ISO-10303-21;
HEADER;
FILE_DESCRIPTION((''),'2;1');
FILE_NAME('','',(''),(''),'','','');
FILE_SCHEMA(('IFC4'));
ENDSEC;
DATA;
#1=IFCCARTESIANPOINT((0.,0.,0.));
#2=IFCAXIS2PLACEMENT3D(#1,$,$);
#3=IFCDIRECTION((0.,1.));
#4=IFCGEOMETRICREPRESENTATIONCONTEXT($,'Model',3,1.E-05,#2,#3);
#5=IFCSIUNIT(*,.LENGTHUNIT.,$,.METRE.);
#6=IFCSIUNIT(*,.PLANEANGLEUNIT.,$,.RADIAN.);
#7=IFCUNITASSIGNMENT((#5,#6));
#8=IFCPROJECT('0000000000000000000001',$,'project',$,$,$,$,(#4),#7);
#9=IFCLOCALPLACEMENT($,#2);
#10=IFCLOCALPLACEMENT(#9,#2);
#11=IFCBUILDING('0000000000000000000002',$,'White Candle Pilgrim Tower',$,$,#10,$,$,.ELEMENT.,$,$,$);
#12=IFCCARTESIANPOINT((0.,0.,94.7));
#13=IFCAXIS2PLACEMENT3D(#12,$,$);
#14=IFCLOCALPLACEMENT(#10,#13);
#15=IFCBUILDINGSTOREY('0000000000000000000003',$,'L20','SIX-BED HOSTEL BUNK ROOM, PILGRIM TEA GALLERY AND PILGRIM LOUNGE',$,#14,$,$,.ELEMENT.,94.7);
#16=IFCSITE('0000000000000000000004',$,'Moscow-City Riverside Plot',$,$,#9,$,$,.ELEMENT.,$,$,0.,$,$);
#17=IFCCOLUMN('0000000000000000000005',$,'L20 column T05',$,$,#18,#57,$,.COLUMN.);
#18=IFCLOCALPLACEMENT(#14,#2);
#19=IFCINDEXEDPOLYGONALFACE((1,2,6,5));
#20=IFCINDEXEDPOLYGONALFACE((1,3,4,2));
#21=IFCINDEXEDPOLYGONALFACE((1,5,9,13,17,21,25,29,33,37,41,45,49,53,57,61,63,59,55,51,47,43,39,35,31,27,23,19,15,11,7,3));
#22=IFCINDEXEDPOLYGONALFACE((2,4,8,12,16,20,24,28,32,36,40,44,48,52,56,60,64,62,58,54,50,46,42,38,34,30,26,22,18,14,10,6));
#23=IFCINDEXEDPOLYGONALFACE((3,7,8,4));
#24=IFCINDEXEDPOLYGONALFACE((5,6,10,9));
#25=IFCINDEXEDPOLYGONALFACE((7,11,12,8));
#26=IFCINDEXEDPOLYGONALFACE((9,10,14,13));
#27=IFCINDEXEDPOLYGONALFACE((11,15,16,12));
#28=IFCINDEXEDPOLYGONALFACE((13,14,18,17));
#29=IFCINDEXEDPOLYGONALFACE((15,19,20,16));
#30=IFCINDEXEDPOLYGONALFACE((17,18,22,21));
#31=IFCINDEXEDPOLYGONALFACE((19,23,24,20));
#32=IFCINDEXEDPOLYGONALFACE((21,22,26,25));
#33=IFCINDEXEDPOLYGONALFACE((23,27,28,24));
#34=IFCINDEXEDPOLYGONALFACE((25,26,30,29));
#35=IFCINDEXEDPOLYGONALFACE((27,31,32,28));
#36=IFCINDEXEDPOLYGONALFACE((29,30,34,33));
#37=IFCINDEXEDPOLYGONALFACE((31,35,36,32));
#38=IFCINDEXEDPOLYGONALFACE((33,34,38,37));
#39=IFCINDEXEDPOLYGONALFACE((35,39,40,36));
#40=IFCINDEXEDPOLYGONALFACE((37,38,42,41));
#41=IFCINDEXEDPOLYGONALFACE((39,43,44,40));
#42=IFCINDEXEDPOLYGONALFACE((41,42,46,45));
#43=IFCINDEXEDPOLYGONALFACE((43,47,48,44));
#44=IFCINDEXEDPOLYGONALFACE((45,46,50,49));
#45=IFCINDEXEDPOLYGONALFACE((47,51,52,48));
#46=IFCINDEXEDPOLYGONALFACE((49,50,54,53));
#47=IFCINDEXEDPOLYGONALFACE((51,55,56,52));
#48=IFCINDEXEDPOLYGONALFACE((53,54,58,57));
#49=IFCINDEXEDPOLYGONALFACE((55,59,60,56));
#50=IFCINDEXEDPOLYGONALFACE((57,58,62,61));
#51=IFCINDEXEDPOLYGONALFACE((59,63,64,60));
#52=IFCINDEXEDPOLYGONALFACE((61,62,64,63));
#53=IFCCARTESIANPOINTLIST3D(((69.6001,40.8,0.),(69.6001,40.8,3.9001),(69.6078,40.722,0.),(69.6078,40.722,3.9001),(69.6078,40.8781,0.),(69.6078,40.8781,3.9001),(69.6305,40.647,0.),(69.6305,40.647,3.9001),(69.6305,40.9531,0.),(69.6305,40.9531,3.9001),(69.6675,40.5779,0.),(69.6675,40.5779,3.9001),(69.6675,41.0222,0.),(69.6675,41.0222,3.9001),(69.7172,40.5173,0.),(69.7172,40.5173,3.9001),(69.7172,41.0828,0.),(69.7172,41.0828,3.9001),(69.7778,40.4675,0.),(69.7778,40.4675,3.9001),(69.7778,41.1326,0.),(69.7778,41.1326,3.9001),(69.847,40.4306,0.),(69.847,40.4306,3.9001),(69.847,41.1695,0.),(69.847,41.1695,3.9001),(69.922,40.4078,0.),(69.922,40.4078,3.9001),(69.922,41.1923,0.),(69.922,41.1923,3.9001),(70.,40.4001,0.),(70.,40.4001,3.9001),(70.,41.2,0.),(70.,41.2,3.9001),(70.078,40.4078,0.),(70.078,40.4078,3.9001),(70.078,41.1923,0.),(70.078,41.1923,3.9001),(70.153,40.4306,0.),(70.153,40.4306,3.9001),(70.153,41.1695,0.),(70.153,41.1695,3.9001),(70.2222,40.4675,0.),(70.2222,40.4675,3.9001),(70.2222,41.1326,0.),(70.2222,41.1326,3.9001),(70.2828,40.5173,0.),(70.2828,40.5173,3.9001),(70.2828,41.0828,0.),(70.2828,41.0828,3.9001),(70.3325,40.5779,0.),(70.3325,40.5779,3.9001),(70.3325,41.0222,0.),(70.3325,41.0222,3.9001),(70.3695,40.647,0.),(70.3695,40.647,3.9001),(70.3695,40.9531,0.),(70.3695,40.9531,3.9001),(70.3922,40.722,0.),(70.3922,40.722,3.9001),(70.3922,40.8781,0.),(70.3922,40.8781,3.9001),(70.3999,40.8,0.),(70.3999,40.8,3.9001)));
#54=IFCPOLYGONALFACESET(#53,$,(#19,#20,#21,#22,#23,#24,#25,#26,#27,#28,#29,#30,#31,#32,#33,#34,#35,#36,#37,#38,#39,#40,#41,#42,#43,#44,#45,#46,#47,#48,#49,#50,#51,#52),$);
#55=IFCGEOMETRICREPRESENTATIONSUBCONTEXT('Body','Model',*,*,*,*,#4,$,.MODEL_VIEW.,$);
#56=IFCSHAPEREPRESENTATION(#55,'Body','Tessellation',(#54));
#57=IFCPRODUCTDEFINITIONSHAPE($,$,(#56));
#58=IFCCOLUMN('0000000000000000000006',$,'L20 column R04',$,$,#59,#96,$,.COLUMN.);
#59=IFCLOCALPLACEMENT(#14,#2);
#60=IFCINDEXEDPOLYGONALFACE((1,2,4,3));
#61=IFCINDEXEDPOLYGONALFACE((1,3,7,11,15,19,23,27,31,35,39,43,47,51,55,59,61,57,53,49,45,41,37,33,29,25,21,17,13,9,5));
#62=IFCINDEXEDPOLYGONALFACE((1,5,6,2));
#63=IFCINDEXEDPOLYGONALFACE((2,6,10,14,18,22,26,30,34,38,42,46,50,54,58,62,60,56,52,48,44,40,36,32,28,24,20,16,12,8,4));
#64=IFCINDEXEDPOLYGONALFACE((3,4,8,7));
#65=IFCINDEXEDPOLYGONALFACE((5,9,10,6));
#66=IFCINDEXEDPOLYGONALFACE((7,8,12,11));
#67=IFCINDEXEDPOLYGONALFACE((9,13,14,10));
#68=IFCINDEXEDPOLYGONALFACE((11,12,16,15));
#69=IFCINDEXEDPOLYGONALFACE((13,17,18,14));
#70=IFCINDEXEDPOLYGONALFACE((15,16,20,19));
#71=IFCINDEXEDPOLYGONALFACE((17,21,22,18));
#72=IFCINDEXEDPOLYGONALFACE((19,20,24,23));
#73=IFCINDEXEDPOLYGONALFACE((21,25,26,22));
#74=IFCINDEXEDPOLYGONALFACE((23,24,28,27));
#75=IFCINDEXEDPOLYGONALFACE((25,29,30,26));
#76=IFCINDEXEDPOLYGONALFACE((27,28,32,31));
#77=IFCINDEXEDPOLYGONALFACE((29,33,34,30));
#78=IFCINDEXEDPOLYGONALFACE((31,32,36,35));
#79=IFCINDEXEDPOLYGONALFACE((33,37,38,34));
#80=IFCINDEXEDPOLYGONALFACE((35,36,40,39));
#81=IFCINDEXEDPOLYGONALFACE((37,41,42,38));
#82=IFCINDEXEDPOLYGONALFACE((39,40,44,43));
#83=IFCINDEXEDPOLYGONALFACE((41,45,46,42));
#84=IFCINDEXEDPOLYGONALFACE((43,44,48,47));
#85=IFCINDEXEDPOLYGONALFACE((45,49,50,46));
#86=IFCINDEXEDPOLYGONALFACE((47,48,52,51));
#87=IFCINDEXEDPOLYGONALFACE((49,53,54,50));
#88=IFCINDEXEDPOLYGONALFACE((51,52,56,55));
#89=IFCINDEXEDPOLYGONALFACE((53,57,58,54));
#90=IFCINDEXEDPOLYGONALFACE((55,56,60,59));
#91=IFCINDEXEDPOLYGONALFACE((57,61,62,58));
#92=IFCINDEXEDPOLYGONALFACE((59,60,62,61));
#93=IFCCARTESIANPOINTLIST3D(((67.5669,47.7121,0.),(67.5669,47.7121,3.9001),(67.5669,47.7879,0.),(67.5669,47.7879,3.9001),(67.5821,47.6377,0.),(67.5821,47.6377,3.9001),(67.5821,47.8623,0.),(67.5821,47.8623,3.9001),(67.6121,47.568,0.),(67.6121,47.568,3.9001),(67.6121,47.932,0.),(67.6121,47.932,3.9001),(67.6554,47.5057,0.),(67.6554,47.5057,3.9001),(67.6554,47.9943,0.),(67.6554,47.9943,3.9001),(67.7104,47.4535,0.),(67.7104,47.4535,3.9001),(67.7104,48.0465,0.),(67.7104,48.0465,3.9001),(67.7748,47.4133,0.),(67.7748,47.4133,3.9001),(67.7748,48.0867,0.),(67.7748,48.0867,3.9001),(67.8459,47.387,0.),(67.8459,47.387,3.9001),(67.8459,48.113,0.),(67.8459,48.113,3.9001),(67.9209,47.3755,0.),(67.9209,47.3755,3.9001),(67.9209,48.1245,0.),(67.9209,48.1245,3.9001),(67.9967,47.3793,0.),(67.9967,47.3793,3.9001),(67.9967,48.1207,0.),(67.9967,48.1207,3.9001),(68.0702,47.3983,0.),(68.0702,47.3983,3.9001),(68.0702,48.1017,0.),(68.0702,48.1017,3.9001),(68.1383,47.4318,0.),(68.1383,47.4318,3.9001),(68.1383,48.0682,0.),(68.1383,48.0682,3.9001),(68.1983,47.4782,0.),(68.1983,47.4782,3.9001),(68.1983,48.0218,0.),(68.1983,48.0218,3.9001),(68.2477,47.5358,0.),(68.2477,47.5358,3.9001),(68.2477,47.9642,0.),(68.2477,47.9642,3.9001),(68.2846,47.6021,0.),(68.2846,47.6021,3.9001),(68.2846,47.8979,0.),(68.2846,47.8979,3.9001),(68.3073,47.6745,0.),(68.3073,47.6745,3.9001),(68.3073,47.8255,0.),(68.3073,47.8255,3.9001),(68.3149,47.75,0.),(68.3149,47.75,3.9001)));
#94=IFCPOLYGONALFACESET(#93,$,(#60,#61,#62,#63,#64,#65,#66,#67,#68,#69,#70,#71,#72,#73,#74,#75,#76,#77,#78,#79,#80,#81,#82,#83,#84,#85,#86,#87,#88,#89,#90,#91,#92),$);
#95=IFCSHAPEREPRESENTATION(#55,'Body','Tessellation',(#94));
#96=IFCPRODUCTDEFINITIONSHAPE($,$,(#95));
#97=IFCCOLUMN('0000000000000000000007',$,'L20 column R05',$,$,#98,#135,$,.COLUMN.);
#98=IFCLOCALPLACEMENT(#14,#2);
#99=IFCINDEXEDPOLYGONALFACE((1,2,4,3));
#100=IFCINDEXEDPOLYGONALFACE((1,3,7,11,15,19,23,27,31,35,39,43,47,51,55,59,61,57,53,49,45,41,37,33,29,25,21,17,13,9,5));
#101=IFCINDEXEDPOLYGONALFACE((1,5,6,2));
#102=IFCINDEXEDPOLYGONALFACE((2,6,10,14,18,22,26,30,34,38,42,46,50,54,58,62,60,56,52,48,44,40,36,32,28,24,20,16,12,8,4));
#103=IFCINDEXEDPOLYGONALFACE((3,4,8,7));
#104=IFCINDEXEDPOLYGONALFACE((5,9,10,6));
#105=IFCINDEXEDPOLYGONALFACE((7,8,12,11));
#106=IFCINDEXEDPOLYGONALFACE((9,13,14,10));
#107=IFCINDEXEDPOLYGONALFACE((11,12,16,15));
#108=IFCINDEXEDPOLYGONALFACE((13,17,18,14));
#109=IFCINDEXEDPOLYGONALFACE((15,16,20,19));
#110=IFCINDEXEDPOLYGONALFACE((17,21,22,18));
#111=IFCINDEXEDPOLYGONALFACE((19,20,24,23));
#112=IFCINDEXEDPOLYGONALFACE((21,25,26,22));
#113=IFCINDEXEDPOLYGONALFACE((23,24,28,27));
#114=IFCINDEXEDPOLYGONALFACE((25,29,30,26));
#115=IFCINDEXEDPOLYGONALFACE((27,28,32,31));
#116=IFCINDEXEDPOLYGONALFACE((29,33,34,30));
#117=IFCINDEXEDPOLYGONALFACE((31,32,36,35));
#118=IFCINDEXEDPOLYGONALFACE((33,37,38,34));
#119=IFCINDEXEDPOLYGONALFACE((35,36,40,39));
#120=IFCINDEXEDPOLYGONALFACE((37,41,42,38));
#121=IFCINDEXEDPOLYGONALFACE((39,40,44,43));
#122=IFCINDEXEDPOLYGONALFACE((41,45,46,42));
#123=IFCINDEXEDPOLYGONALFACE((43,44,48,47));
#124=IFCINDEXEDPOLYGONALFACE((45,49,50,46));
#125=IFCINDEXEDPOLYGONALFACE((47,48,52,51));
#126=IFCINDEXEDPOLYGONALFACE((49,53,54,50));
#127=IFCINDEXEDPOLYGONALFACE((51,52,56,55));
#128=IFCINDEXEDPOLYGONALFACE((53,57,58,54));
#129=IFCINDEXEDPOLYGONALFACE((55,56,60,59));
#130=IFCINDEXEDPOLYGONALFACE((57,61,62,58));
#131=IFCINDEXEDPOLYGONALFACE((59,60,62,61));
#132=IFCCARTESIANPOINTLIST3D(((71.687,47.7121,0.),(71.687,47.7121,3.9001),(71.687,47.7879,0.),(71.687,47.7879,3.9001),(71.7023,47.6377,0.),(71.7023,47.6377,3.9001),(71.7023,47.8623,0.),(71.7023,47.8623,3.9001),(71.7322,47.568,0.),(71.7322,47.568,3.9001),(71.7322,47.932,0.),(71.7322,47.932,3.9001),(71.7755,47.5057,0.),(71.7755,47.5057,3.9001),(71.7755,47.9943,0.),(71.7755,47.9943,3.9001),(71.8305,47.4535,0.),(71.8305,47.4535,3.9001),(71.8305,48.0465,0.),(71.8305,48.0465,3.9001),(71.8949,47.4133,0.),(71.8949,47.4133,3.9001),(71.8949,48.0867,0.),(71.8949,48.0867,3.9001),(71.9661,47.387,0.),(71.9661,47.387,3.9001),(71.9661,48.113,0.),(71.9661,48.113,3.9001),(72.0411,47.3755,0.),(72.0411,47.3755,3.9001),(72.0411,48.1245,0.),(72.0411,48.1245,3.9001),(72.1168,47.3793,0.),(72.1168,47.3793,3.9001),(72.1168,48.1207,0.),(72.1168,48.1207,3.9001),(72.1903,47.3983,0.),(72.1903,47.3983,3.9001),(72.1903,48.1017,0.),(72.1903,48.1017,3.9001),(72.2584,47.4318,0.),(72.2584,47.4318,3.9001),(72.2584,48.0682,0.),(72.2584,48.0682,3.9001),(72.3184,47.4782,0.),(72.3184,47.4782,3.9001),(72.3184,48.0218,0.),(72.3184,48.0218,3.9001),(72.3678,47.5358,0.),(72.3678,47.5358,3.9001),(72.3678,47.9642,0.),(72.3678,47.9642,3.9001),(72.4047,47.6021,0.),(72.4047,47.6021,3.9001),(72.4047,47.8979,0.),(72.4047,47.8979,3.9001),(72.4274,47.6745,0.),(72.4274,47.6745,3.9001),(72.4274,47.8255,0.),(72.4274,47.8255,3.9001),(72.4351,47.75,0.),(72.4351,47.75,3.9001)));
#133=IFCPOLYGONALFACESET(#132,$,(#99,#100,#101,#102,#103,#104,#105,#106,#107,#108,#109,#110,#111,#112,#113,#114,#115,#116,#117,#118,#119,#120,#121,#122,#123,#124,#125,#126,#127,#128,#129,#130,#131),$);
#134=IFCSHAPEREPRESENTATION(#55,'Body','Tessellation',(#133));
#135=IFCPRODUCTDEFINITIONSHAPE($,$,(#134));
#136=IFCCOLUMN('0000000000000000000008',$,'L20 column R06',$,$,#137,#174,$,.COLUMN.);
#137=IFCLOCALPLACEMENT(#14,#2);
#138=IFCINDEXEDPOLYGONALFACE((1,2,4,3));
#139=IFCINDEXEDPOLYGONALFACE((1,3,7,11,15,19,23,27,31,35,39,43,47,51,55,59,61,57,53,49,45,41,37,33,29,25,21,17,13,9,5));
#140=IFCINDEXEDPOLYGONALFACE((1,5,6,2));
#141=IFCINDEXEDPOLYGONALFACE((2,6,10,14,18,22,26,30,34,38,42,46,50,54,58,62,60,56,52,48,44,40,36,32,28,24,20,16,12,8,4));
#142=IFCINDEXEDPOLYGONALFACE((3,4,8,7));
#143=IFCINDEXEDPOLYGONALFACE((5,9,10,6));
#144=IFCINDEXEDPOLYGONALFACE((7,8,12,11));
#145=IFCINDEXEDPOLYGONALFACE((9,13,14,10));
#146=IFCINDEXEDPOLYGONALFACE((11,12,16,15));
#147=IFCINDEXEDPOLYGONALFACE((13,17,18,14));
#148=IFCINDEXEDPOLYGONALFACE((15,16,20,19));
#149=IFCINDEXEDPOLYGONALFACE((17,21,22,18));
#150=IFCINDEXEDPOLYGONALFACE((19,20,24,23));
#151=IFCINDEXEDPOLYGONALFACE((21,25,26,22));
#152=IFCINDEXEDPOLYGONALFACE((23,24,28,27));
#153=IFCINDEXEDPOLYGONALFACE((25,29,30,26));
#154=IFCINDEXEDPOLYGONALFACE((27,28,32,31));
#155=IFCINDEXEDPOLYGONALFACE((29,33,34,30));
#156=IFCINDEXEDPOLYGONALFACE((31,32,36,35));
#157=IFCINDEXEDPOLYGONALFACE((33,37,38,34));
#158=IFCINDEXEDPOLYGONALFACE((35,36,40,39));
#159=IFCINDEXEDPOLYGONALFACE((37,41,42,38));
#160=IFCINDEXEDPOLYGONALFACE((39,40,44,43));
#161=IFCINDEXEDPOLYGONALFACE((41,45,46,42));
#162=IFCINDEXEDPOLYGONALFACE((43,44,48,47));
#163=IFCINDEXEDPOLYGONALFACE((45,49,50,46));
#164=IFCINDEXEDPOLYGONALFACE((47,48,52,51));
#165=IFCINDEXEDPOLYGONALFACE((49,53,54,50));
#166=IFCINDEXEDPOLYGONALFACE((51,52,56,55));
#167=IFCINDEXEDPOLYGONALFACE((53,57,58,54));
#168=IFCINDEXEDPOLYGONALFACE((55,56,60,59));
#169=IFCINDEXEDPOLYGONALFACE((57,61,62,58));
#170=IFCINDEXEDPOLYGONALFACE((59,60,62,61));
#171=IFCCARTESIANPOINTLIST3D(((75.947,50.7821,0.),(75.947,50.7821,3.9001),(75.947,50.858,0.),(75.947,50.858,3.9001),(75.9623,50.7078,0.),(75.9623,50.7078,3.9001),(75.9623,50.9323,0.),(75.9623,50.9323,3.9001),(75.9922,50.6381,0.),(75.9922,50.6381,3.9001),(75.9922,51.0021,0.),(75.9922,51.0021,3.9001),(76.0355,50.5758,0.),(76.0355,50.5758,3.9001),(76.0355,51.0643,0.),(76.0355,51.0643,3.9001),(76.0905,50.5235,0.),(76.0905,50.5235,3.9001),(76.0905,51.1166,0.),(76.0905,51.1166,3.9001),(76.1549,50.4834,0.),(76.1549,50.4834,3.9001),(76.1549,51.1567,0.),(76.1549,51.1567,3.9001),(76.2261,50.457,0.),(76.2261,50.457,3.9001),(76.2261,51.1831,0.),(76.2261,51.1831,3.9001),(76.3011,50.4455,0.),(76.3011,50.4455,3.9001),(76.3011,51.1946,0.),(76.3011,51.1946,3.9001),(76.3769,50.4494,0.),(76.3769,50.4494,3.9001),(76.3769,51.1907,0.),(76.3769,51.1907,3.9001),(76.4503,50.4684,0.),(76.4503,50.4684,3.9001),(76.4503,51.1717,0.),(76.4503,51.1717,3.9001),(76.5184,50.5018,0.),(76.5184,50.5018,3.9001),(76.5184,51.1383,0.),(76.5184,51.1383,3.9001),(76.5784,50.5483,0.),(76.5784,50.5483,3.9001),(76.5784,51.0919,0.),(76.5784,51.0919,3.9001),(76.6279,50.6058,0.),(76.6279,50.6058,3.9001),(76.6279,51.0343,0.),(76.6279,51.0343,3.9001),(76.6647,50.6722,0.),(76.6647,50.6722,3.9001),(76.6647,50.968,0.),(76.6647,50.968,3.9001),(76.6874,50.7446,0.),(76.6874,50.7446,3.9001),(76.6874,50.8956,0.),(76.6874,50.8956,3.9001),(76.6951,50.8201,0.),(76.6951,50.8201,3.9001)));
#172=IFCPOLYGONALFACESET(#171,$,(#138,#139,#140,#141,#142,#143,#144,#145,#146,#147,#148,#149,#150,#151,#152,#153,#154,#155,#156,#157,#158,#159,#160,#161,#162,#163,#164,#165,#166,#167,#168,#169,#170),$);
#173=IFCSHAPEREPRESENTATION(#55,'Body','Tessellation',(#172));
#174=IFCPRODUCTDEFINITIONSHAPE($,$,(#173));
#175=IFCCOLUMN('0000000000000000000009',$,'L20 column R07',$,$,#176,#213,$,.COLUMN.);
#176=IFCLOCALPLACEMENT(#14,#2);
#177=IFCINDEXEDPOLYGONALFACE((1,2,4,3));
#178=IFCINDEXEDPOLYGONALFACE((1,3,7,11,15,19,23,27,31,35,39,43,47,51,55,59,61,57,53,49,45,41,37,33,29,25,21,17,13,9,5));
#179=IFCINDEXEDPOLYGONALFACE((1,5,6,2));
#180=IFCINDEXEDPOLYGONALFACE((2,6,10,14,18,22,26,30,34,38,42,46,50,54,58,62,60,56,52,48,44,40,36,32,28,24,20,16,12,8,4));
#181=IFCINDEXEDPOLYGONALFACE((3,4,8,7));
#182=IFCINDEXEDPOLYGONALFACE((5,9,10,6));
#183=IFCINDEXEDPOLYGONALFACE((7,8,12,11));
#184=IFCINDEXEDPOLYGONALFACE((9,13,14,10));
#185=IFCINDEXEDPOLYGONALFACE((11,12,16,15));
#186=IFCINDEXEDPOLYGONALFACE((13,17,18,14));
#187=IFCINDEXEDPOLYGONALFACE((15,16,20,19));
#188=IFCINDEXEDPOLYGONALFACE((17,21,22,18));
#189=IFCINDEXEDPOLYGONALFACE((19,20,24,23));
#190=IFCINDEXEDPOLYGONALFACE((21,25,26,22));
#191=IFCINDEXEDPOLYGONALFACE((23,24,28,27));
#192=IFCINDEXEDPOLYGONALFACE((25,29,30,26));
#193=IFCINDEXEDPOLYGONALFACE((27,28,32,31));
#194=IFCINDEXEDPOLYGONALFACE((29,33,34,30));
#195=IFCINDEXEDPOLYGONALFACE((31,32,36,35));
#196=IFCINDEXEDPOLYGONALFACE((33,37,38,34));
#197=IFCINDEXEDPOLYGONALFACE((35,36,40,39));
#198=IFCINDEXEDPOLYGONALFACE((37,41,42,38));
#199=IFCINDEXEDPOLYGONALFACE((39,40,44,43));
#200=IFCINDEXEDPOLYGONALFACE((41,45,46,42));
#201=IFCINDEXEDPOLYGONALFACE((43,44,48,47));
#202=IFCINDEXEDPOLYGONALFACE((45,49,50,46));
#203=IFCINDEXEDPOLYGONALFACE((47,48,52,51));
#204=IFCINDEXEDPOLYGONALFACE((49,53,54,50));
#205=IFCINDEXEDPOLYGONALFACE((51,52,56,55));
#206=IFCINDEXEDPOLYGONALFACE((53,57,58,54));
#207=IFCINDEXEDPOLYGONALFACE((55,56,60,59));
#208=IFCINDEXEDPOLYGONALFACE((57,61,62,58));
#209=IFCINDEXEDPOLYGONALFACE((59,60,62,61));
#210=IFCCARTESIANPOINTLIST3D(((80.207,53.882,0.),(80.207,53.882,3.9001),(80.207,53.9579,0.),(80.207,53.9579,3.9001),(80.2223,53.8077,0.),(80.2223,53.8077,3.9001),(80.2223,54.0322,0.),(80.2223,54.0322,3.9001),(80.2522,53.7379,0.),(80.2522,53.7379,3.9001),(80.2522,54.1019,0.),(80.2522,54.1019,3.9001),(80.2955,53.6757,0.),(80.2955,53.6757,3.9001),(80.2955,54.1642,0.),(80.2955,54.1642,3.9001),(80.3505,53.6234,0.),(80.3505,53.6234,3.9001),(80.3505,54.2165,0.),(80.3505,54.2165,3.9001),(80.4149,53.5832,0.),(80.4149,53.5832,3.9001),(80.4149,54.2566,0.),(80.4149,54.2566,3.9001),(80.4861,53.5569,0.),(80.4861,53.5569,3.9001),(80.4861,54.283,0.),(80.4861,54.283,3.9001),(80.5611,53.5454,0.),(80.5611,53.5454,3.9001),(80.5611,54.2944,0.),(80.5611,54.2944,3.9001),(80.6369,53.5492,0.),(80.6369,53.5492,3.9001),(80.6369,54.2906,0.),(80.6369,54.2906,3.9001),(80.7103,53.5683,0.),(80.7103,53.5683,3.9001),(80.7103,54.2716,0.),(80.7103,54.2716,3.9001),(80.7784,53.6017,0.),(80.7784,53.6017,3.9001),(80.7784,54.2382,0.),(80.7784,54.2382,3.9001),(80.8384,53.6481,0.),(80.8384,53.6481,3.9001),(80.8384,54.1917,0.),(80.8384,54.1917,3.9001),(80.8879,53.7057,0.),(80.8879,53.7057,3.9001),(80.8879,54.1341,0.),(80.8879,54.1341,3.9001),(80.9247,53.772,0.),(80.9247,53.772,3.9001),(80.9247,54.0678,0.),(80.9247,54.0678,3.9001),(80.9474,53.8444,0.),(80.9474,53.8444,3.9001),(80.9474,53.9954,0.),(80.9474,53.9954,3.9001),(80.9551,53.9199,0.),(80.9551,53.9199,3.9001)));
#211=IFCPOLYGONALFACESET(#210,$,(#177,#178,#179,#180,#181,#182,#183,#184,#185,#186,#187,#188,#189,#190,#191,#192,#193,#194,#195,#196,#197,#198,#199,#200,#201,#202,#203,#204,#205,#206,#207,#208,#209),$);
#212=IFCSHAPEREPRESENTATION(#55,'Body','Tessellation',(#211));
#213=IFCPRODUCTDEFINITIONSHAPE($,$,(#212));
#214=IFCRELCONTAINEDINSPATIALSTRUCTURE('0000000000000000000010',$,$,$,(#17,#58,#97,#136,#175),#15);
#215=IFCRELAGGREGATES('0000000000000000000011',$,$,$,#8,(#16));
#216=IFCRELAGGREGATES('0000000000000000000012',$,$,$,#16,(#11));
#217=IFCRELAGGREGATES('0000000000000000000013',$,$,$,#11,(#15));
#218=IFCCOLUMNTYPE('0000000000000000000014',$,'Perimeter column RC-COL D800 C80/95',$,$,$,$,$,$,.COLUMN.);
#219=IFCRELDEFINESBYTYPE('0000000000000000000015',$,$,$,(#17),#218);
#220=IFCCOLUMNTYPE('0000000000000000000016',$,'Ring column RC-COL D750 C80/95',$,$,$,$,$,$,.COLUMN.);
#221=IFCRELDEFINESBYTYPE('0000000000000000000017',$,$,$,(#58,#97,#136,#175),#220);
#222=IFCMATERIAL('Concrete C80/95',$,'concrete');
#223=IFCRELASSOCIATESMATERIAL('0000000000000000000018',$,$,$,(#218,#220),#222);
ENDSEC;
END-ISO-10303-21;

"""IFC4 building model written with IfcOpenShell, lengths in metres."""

from ifc_helpers import new_model, si_unit, direction, frame, origin, origin_2d, place, context, subcontext, project, spatial, circle, extrude, material, material_profile, profile_set, type_object, element, save


model = new_model("IFC4")

# Units and contexts
model_context = context("Model", 3, precision=1e-05, world=origin(), true_north=direction((0.0, 1.0)))
body_context = subcontext(model_context, "Body", "Model", "MODEL_VIEW")
ifc_project = project(units=[si_unit("LENGTHUNIT", "METRE"), si_unit("PLANEANGLEUNIT", "RADIAN")], contexts=[model_context])

# Site, building, storey
site_placement = place(None, origin())
site = spatial("IfcSite", under=ifc_project, at=site_placement, Name="Moscow-City Riverside Plot", CompositionType="ELEMENT", RefElevation=0.0)
building_placement = place(site_placement, origin())
building = spatial("IfcBuilding", under=site, at=building_placement, Name="White Candle Pilgrim Tower", CompositionType="ELEMENT")
storey_placement = place(building_placement, frame((0.0, 0.0, 94.7)))
storey = spatial("IfcBuildingStorey", under=building, at=storey_placement, Name="L20", Description="SIX-BED HOSTEL BUNK ROOM, PILGRIM TEA GALLERY AND PILGRIM LOUNGE", CompositionType="ELEMENT", Elevation=94.7)

# Columns
ifc_material_1 = material(Name="Concrete C80/95", Category="concrete")
ifc_material_profile_1 = material_profile(ifc_material_1, circle(Radius=0.3999, at=origin_2d()), Name="RC-COL D800")
ifc_profile_set_1 = profile_set([ifc_material_profile_1], Name="Concrete C80/95")
column_type_1 = type_object("IfcColumnType", Name="Perimeter column RC-COL D800 C80/95", PredefinedType="COLUMN", material=ifc_profile_set_1)
column_placement = place(storey_placement, frame((70.0, 40.8, 0.0), z_axis=(0.0, 0.0, 1.0), x_axis=(1.0, 0.0, 0.0)))
element("IfcColumn", 1, at=column_placement, inside=storey, type_object=column_type_1, Name="L20 column T05", PredefinedType="COLUMN", context=body_context, shape_type="SweptSolid", body=[
    extrude(circle(Radius=0.3999, at=origin_2d()), origin(), (0.0, 0.0, 1.0), 3.9001),
])
ifc_material_profile_2 = material_profile(ifc_material_1, circle(Radius=0.375, at=origin_2d()), Name="RC-COL D750")
ifc_profile_set_2 = profile_set([ifc_material_profile_2], Name="Concrete C80/95")
column_type_2 = type_object("IfcColumnType", Name="Ring column RC-COL D750 C80/95", PredefinedType="COLUMN", material=ifc_profile_set_2)
for number, where, z_axis, x_axis, name in (
    (2, (67.9399, 47.75, 0.0), (0.0, 0.0, 1.0), (1.0, 0.0, 0.0), "L20 column R04"),
    (3, (72.0601, 47.75, 0.0), (0.0, 0.0, 1.0), (1.0, 0.0, 0.0), "L20 column R05"),
    (4, (76.3201, 50.8201, 0.0), (0.0, 0.0, 1.0), (1.0, 0.0, 0.0), "L20 column R06"),
    (5, (80.5801, 53.9199, 0.0), (0.0, 0.0, 1.0), (1.0, 0.0, 0.0), "L20 column R07"),
):
    element("IfcColumn", number, at=place(storey_placement, frame(where, z_axis=z_axis, x_axis=x_axis)), inside=storey, type_object=column_type_2, Name=name, PredefinedType="COLUMN", context=body_context, shape_type="SweptSolid", body=[
        extrude(circle(Radius=0.375, at=origin_2d()), origin(), (0.0, 0.0, 1.0), 3.9001),
    ])

save(model, "model.ifc")
